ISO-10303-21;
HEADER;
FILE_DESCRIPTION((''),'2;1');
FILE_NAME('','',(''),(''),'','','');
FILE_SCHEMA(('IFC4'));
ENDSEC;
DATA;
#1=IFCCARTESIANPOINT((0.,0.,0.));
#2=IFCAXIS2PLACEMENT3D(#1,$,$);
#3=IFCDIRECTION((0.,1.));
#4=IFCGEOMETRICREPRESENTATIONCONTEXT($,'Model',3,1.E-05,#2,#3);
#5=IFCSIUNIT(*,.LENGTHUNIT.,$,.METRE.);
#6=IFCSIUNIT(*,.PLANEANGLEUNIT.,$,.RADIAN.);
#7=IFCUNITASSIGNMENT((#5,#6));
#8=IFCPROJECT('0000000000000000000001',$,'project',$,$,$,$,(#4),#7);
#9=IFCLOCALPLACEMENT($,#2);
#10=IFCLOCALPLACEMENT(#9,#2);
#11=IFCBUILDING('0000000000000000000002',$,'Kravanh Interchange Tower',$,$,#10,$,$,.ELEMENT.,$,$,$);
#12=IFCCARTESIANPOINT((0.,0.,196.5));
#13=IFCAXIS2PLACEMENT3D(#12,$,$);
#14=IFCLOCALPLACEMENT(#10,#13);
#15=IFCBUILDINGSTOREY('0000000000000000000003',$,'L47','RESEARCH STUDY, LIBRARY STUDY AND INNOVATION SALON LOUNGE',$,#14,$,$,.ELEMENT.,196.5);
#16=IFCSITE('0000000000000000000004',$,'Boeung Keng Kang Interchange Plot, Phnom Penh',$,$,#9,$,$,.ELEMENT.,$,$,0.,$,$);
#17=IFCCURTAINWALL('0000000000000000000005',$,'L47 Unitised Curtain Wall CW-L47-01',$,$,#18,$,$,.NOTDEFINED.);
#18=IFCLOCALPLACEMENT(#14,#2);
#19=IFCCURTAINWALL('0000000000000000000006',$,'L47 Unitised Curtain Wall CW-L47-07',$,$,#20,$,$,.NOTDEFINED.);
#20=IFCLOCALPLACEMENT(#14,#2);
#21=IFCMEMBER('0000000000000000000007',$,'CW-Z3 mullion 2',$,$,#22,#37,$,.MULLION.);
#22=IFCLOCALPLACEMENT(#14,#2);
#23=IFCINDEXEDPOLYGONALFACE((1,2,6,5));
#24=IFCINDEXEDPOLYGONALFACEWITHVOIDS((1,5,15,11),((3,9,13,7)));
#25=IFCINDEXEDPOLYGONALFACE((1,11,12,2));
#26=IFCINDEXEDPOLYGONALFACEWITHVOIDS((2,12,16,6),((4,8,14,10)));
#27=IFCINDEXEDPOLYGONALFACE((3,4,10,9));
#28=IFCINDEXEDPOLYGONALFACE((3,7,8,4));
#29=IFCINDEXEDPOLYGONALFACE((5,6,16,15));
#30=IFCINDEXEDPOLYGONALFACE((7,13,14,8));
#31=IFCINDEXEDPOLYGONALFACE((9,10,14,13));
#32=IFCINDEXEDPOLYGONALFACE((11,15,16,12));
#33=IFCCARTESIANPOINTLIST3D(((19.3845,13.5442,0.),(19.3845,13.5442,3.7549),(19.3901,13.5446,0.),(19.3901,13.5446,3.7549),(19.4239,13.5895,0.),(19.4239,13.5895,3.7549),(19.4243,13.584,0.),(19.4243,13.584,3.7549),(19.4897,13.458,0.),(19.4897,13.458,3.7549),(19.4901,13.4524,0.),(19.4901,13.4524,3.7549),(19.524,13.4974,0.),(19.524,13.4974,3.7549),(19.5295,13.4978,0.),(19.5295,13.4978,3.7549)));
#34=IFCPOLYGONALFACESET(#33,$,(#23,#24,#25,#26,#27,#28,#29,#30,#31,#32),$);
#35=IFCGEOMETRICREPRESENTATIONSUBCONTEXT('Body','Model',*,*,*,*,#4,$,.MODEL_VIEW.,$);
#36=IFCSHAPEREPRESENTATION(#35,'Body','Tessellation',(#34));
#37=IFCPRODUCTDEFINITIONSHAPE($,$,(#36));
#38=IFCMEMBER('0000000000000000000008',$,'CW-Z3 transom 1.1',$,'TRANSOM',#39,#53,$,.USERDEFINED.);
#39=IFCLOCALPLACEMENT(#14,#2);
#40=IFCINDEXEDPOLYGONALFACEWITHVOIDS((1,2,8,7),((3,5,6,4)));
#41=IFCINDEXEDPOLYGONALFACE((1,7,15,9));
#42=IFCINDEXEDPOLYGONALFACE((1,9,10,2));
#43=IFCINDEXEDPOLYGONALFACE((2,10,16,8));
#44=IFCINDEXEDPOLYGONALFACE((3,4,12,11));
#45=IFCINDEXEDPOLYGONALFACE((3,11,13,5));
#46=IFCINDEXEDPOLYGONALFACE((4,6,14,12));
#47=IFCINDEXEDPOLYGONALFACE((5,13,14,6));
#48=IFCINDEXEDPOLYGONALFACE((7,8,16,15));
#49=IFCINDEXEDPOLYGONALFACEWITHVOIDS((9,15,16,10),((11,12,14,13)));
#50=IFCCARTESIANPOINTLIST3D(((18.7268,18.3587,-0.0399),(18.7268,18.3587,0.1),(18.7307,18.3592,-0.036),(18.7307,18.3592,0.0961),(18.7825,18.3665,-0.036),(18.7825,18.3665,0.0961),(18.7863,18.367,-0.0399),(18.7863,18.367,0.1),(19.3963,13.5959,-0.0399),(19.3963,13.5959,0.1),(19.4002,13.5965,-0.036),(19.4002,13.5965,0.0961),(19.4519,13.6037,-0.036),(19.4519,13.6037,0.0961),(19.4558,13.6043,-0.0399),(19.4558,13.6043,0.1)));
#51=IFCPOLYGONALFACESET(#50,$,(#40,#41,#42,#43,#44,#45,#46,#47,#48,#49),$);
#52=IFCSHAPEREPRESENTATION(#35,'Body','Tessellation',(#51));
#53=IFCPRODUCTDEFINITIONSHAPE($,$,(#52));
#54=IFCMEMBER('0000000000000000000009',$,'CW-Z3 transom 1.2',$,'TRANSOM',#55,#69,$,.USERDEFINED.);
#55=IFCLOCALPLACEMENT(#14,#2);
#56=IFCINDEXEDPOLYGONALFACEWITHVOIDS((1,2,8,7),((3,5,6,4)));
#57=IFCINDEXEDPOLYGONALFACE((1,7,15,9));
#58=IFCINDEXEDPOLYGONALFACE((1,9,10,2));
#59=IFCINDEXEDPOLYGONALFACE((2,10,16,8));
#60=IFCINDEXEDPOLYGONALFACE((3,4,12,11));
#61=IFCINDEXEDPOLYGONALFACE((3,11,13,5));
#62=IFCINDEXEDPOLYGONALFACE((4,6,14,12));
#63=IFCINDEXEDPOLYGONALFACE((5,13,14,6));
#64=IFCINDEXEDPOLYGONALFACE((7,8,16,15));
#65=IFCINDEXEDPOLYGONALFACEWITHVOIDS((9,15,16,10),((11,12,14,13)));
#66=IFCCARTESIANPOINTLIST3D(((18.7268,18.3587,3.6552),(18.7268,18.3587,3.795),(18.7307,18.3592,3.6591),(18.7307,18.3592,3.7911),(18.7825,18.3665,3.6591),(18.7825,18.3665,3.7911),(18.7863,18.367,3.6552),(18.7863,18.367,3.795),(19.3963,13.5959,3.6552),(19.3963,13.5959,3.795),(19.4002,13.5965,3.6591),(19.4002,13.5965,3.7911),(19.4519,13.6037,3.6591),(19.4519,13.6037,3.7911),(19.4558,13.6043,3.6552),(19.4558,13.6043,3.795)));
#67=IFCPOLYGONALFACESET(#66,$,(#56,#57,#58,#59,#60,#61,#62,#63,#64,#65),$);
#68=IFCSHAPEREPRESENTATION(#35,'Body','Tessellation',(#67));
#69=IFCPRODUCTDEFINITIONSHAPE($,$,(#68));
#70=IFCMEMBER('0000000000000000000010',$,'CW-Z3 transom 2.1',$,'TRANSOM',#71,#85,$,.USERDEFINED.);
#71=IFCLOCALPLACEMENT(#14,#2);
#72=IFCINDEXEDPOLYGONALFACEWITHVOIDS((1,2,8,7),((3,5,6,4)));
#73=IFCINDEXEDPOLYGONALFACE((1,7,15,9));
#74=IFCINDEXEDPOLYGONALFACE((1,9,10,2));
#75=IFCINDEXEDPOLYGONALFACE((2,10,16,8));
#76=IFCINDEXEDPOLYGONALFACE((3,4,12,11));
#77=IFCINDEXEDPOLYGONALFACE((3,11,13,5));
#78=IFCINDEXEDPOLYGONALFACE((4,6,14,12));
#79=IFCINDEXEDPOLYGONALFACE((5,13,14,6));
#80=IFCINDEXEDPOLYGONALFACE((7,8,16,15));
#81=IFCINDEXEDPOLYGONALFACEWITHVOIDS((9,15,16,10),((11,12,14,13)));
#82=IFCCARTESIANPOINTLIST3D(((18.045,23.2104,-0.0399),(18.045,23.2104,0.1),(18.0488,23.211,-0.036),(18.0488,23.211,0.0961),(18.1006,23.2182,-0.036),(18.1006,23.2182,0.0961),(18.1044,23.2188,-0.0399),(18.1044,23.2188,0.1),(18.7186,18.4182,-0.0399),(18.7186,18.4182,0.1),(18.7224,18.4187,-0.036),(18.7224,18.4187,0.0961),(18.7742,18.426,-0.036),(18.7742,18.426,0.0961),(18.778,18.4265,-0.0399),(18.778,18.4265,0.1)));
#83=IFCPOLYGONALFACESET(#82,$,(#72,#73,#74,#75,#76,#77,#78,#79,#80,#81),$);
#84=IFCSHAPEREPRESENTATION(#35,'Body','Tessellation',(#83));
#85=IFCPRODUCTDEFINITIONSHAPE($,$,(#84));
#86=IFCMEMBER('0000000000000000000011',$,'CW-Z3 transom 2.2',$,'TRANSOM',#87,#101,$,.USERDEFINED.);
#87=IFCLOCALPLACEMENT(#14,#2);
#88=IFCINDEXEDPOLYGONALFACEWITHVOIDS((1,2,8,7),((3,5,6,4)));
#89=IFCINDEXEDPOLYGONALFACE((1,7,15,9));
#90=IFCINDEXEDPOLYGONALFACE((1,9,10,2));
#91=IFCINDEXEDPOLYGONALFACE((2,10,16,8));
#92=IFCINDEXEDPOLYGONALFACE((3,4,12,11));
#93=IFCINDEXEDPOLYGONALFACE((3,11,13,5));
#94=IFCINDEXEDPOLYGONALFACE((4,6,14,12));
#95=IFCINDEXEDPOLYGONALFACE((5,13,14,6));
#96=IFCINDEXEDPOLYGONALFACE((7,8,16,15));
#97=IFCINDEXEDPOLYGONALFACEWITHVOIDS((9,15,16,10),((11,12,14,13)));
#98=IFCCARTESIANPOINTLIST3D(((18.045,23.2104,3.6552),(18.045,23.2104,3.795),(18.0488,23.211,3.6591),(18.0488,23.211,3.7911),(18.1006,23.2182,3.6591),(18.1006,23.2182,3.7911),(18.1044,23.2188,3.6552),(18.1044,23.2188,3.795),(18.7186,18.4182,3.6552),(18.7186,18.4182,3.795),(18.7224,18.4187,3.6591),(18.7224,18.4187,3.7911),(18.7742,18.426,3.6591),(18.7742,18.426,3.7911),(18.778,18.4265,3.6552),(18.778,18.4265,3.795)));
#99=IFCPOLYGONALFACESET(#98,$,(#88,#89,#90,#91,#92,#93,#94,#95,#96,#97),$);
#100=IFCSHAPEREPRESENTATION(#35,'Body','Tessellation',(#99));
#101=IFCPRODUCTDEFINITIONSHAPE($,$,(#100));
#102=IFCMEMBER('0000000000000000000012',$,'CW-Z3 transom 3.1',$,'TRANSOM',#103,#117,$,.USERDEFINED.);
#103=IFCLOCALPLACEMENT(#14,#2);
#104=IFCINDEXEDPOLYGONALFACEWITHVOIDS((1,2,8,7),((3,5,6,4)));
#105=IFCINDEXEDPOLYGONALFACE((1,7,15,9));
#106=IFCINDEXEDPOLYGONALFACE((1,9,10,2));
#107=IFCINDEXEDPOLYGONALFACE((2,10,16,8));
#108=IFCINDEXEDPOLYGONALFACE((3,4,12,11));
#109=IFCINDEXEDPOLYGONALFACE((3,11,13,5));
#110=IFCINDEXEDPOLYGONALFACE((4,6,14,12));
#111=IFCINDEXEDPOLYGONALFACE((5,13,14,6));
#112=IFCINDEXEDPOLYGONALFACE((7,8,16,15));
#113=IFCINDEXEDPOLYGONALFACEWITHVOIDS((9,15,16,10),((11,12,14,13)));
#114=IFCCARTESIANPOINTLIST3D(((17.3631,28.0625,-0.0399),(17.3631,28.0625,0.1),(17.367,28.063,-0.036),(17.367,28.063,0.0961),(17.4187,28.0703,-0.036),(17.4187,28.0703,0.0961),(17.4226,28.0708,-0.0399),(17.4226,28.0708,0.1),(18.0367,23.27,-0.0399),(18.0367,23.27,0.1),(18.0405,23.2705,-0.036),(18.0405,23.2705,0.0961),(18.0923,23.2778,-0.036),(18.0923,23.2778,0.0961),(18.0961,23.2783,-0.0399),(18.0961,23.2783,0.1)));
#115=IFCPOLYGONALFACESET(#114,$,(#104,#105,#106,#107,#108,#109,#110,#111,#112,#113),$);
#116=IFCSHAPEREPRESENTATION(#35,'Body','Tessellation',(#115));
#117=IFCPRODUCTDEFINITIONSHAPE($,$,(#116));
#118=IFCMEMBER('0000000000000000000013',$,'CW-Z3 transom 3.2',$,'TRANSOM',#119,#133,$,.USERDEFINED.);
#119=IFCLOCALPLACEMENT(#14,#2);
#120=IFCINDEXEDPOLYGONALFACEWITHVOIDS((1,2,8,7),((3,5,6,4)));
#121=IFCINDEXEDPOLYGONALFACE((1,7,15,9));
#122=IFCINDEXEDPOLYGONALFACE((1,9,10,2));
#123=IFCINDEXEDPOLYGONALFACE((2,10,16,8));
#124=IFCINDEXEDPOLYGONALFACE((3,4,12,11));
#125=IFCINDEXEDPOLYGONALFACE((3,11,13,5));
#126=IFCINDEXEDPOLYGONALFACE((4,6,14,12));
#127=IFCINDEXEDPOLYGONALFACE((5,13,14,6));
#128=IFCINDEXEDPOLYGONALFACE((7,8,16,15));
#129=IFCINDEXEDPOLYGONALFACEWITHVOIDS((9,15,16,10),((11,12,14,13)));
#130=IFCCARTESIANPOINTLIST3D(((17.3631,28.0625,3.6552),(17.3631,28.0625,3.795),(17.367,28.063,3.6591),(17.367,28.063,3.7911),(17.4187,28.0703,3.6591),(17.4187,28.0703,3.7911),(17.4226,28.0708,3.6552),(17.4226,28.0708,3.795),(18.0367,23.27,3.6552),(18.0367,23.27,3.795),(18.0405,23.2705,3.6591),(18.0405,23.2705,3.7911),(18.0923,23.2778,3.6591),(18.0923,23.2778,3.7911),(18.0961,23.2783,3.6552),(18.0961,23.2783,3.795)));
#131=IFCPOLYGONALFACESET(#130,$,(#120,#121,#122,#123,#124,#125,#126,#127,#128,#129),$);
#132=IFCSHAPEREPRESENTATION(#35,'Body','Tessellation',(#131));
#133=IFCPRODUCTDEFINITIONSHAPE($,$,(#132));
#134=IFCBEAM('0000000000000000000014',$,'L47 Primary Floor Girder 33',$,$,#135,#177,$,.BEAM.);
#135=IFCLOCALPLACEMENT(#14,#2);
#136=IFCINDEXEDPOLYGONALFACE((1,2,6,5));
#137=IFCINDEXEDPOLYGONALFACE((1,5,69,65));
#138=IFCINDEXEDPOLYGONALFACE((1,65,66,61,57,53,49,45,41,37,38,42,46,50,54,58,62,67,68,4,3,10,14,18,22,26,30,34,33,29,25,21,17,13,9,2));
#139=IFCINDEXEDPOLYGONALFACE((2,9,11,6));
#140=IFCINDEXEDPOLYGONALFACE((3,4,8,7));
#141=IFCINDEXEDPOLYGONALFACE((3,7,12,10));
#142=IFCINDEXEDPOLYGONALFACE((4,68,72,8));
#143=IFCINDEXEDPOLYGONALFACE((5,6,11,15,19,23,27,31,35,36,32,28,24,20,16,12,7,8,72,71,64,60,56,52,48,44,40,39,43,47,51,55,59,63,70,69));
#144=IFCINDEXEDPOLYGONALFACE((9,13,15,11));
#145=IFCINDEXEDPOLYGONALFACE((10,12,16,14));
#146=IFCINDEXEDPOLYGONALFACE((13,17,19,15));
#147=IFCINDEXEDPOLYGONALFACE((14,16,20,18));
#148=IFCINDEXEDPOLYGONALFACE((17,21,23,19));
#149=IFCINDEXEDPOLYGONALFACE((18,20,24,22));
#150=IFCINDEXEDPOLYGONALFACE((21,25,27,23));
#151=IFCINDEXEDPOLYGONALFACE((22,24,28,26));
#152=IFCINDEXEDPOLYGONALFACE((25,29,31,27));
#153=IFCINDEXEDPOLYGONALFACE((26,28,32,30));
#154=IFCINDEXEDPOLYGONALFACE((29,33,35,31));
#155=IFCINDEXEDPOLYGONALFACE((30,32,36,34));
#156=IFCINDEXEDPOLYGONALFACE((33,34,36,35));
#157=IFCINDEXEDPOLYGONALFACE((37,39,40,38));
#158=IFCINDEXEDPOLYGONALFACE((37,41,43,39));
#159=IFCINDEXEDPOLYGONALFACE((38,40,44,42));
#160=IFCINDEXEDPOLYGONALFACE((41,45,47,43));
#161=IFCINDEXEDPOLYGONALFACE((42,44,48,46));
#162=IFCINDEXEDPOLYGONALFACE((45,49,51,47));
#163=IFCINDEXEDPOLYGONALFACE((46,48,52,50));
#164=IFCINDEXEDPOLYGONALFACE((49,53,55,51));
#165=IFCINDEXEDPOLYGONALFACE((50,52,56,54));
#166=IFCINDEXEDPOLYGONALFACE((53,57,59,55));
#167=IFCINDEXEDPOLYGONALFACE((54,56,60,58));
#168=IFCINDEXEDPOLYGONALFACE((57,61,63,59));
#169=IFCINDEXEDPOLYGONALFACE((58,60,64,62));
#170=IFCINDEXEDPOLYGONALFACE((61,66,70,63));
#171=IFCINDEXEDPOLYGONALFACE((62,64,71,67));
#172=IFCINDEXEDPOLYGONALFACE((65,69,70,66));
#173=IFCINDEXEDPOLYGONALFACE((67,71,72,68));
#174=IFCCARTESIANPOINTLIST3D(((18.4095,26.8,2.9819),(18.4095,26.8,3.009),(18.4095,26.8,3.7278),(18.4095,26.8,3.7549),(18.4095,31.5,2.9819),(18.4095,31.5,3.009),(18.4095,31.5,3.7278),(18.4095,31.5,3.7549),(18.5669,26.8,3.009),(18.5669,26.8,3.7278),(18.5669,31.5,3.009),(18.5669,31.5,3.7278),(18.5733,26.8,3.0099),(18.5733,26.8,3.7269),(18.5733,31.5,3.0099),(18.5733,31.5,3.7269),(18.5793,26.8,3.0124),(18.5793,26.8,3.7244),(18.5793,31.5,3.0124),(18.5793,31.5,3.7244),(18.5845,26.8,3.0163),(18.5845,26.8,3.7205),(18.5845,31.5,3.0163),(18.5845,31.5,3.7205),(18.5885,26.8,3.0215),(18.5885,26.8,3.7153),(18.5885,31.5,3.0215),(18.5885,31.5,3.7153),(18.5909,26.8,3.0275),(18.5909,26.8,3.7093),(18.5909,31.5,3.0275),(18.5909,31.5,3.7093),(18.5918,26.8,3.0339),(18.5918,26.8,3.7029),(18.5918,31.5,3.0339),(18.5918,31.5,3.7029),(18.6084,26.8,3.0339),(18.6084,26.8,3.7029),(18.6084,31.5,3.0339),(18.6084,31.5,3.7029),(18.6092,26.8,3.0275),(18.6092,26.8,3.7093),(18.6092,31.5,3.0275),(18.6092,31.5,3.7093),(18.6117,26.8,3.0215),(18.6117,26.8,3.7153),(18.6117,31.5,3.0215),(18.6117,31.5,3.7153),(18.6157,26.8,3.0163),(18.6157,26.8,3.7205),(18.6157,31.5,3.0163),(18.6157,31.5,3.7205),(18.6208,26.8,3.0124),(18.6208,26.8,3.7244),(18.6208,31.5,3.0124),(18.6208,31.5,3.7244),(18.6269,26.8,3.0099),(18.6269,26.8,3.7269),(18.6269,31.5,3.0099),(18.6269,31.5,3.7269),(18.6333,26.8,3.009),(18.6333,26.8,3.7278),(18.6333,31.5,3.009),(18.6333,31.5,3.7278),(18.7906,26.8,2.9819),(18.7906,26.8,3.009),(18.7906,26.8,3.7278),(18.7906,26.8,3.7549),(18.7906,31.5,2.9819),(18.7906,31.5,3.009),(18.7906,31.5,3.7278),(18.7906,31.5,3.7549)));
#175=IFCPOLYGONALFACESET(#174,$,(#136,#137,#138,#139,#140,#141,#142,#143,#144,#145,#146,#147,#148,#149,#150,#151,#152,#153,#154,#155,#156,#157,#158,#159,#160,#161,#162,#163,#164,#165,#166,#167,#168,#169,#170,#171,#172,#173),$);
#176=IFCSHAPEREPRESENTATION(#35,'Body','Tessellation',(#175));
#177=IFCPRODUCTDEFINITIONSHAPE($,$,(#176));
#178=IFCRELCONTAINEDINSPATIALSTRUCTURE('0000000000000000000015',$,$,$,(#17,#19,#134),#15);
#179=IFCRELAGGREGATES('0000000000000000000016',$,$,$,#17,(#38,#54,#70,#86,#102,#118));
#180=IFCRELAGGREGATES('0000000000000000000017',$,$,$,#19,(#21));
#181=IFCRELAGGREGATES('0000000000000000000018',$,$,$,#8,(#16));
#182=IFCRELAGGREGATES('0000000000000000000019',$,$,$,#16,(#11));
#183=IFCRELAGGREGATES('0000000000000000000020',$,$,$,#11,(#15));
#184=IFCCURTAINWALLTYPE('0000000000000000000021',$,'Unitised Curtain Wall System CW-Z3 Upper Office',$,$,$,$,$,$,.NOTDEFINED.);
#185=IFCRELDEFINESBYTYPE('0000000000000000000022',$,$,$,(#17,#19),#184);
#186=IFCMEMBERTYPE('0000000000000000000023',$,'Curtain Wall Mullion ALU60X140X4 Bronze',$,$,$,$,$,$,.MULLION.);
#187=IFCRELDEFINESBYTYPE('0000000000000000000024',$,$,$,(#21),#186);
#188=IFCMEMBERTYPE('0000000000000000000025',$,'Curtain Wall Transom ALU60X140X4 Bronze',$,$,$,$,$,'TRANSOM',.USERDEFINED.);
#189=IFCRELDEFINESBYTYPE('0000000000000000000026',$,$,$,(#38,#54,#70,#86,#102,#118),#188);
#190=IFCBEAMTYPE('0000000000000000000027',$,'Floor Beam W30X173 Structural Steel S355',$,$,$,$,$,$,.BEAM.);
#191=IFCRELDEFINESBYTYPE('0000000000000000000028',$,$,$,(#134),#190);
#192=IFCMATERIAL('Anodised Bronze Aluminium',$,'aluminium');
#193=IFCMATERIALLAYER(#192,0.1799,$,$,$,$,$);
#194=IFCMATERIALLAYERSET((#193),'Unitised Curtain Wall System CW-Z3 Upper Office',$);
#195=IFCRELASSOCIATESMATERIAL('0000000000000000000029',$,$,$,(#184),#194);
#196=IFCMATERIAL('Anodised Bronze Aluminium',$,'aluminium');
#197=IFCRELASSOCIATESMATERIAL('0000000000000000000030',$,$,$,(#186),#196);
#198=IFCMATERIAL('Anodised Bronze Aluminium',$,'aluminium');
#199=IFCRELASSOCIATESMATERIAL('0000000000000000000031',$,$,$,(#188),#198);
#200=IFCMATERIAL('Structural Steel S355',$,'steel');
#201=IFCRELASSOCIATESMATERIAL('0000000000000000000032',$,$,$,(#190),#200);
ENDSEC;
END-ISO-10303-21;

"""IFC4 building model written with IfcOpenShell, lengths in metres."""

from ifc_helpers import new_model, si_unit, direction, frame, origin, origin_2d, place, context, subcontext, project, spatial, hollow_rectangle, i_section, extrude, material, layer, layer_set, material_profile, profile_set, type_object, element, aggregate, save


model = new_model("IFC4")

# Units and contexts
model_context = context("Model", 3, precision=1e-05, world=origin(), true_north=direction((0.0, 1.0)))
body_context = subcontext(model_context, "Body", "Model", "MODEL_VIEW")
ifc_project = project(units=[si_unit("LENGTHUNIT", "METRE"), si_unit("PLANEANGLEUNIT", "RADIAN")], contexts=[model_context])

# Site, building, storey
site_placement = place(None, origin())
site = spatial("IfcSite", under=ifc_project, at=site_placement, Name="Boeung Keng Kang Interchange Plot, Phnom Penh", CompositionType="ELEMENT", RefElevation=0.0)
building_placement = place(site_placement, origin())
building = spatial("IfcBuilding", under=site, at=building_placement, Name="Kravanh Interchange Tower", CompositionType="ELEMENT")
storey_placement = place(building_placement, frame((0.0, 0.0, 196.5)))
storey = spatial("IfcBuildingStorey", under=building, at=storey_placement, Name="L47", Description="RESEARCH STUDY, LIBRARY STUDY AND INNOVATION SALON LOUNGE", CompositionType="ELEMENT", Elevation=196.5)

# Curtain wall
ifc_material_1 = material(Name="Anodised Bronze Aluminium", Category="aluminium")
ifc_layer_1 = layer(ifc_material_1, 0.1799)
ifc_layer_set_1 = layer_set([ifc_layer_1], Name="Unitised Curtain Wall System CW-Z3 Upper Office")
curtain_wall_type = type_object("IfcCurtainWallType", Name="Unitised Curtain Wall System CW-Z3 Upper Office", PredefinedType="NOTDEFINED", material=ifc_layer_set_1)
curtain_wall_1_placement = place(storey_placement, origin())
curtain_wall_1 = element("IfcCurtainWall", 1, at=curtain_wall_1_placement, inside=storey, type_object=curtain_wall_type, Name="L47 Unitised Curtain Wall CW-L47-01", PredefinedType="NOTDEFINED")
ifc_material_2 = material(Name="Anodised Bronze Aluminium", Category="aluminium")
ifc_material_profile_1 = material_profile(ifc_material_2, hollow_rectangle(XDim=0.0601, YDim=0.1399, WallThickness=0.0039, at=origin_2d()), Name="ALU60X140X4")
ifc_profile_set_1 = profile_set([ifc_material_profile_1], Name="Anodised Bronze Aluminium")
member_type_1 = type_object("IfcMemberType", Name="Curtain Wall Mullion ALU60X140X4 Bronze", PredefinedType="MULLION", material=ifc_profile_set_1)

# Curtain wall, member
curtain_wall_2_placement = place(storey_placement, origin())
curtain_wall_2 = element("IfcCurtainWall", 2, at=curtain_wall_2_placement, inside=storey, type_object=curtain_wall_type, Name="L47 Unitised Curtain Wall CW-L47-07", PredefinedType="NOTDEFINED")
member_1_placement = place(storey_placement, frame((19.457, 13.521, 0.0), z_axis=(0.0, 0.0, 1.0), x_axis=(-0.656051, -0.754717, 0.0)))
member_1 = element("IfcMember", 3, at=member_1_placement, type_object=member_type_1, Name="CW-Z3 mullion 2", PredefinedType="MULLION", context=body_context, shape_type="SweptSolid", body=[
    extrude(hollow_rectangle(XDim=0.0601, YDim=0.1399, WallThickness=0.0039, at=origin_2d()), origin(), (0.0, 0.0, 1.0), 3.7549),
])

# Members
ifc_material_3 = material(Name="Anodised Bronze Aluminium", Category="aluminium")
ifc_material_profile_2 = material_profile(ifc_material_3, hollow_rectangle(XDim=0.0601, YDim=0.1399, WallThickness=0.0039, at=origin_2d()), Name="ALU60X140X4")
ifc_profile_set_2 = profile_set([ifc_material_profile_2], Name="Anodised Bronze Aluminium")
member_type_2 = type_object("IfcMemberType", Name="Curtain Wall Transom ALU60X140X4 Bronze", ElementType="TRANSOM", PredefinedType="USERDEFINED", material=ifc_profile_set_2)
member_2_placement = place(storey_placement, frame((19.426, 13.6001, 0.03), z_axis=(-0.139189, 0.990266, 0.0), x_axis=(-0.990266, -0.139189, 0.0)))
member_2 = element("IfcMember", 4, at=member_2_placement, type_object=member_type_2, Name="CW-Z3 transom 1.1", ObjectType="TRANSOM", PredefinedType="USERDEFINED", context=body_context, shape_type="SweptSolid", body=[
    extrude(hollow_rectangle(XDim=0.0601, YDim=0.1399, WallThickness=0.0039, at=origin_2d()), origin(), (0.0, 0.0, 1.0), 4.8096),
])
member_3_placement = place(storey_placement, frame((19.426, 13.6001, 3.7251), z_axis=(-0.139189, 0.990266, 0.0), x_axis=(-0.990266, -0.139189, 0.0)))
member_3 = element("IfcMember", 5, at=member_3_placement, type_object=member_type_2, Name="CW-Z3 transom 1.2", ObjectType="TRANSOM", PredefinedType="USERDEFINED", context=body_context, shape_type="SweptSolid", body=[
    extrude(hollow_rectangle(XDim=0.0601, YDim=0.1399, WallThickness=0.0039, at=origin_2d()), origin(), (0.0, 0.0, 1.0), 4.8096),
])
member_4_placement = place(storey_placement, frame((18.7483, 18.4224, 0.03), z_axis=(-0.139189, 0.990266, 0.0), x_axis=(-0.990266, -0.139189, 0.0)))
member_4 = element("IfcMember", 6, at=member_4_placement, type_object=member_type_2, Name="CW-Z3 transom 2.1", ObjectType="TRANSOM", PredefinedType="USERDEFINED", context=body_context, shape_type="SweptSolid", body=[
    extrude(hollow_rectangle(XDim=0.0601, YDim=0.1399, WallThickness=0.0039, at=origin_2d()), origin(), (0.0, 0.0, 1.0), 4.8394),
])
member_5_placement = place(storey_placement, frame((18.7483, 18.4224, 3.7251), z_axis=(-0.139189, 0.990266, 0.0), x_axis=(-0.990266, -0.139189, 0.0)))
member_5 = element("IfcMember", 7, at=member_5_placement, type_object=member_type_2, Name="CW-Z3 transom 2.2", ObjectType="TRANSOM", PredefinedType="USERDEFINED", context=body_context, shape_type="SweptSolid", body=[
    extrude(hollow_rectangle(XDim=0.0601, YDim=0.1399, WallThickness=0.0039, at=origin_2d()), origin(), (0.0, 0.0, 1.0), 4.8394),
])
member_6_placement = place(storey_placement, frame((18.0664, 23.2742, 0.03), z_axis=(-0.139182, 0.990267, 0.0), x_axis=(-0.990267, -0.139182, 0.0)))
member_6 = element("IfcMember", 8, at=member_6_placement, type_object=member_type_2, Name="CW-Z3 transom 3.1", ObjectType="TRANSOM", PredefinedType="USERDEFINED", context=body_context, shape_type="SweptSolid", body=[
    extrude(hollow_rectangle(XDim=0.0601, YDim=0.1399, WallThickness=0.0039, at=origin_2d()), origin(), (0.0, 0.0, 1.0), 4.8396),
])
member_7_placement = place(storey_placement, frame((18.0664, 23.2742, 3.7251), z_axis=(-0.139182, 0.990267, 0.0), x_axis=(-0.990267, -0.139182, 0.0)))
member_7 = element("IfcMember", 9, at=member_7_placement, type_object=member_type_2, Name="CW-Z3 transom 3.2", ObjectType="TRANSOM", PredefinedType="USERDEFINED", context=body_context, shape_type="SweptSolid", body=[
    extrude(hollow_rectangle(XDim=0.0601, YDim=0.1399, WallThickness=0.0039, at=origin_2d()), origin(), (0.0, 0.0, 1.0), 4.8396),
])

# Beam
ifc_material_4 = material(Name="Structural Steel S355", Category="steel")
ifc_material_profile_3 = material_profile(ifc_material_4, i_section(OverallWidth=0.3811, OverallDepth=0.7729, WebThickness=0.0166, FlangeThickness=0.0271, FilletRadius=0.0249, at=origin_2d()), Name="W30X173")
ifc_profile_set_3 = profile_set([ifc_material_profile_3], Name="Structural Steel S355")
beam_type_1 = type_object("IfcBeamType", Name="Floor Beam W30X173 Structural Steel S355", PredefinedType="BEAM", material=ifc_profile_set_3)
beam_1_placement = place(storey_placement, frame((18.6001, 26.8, 3.3684), z_axis=(0.0, 1.0, 0.0), x_axis=(-1.0, 0.0, 0.0)))
element("IfcBeam", 10, at=beam_1_placement, inside=storey, type_object=beam_type_1, Name="L47 Primary Floor Girder 33", PredefinedType="BEAM", context=body_context, shape_type="SweptSolid", body=[
    extrude(i_section(OverallWidth=0.3811, OverallDepth=0.7729, WebThickness=0.0166, FlangeThickness=0.0271, FilletRadius=0.0249, at=origin_2d()), origin(), (0.0, 0.0, 1.0), 4.7),
])

aggregate(curtain_wall_1, [member_2, member_3, member_4, member_5, member_6, member_7])
aggregate(curtain_wall_2, [member_1])

save(model, "model.ifc")
